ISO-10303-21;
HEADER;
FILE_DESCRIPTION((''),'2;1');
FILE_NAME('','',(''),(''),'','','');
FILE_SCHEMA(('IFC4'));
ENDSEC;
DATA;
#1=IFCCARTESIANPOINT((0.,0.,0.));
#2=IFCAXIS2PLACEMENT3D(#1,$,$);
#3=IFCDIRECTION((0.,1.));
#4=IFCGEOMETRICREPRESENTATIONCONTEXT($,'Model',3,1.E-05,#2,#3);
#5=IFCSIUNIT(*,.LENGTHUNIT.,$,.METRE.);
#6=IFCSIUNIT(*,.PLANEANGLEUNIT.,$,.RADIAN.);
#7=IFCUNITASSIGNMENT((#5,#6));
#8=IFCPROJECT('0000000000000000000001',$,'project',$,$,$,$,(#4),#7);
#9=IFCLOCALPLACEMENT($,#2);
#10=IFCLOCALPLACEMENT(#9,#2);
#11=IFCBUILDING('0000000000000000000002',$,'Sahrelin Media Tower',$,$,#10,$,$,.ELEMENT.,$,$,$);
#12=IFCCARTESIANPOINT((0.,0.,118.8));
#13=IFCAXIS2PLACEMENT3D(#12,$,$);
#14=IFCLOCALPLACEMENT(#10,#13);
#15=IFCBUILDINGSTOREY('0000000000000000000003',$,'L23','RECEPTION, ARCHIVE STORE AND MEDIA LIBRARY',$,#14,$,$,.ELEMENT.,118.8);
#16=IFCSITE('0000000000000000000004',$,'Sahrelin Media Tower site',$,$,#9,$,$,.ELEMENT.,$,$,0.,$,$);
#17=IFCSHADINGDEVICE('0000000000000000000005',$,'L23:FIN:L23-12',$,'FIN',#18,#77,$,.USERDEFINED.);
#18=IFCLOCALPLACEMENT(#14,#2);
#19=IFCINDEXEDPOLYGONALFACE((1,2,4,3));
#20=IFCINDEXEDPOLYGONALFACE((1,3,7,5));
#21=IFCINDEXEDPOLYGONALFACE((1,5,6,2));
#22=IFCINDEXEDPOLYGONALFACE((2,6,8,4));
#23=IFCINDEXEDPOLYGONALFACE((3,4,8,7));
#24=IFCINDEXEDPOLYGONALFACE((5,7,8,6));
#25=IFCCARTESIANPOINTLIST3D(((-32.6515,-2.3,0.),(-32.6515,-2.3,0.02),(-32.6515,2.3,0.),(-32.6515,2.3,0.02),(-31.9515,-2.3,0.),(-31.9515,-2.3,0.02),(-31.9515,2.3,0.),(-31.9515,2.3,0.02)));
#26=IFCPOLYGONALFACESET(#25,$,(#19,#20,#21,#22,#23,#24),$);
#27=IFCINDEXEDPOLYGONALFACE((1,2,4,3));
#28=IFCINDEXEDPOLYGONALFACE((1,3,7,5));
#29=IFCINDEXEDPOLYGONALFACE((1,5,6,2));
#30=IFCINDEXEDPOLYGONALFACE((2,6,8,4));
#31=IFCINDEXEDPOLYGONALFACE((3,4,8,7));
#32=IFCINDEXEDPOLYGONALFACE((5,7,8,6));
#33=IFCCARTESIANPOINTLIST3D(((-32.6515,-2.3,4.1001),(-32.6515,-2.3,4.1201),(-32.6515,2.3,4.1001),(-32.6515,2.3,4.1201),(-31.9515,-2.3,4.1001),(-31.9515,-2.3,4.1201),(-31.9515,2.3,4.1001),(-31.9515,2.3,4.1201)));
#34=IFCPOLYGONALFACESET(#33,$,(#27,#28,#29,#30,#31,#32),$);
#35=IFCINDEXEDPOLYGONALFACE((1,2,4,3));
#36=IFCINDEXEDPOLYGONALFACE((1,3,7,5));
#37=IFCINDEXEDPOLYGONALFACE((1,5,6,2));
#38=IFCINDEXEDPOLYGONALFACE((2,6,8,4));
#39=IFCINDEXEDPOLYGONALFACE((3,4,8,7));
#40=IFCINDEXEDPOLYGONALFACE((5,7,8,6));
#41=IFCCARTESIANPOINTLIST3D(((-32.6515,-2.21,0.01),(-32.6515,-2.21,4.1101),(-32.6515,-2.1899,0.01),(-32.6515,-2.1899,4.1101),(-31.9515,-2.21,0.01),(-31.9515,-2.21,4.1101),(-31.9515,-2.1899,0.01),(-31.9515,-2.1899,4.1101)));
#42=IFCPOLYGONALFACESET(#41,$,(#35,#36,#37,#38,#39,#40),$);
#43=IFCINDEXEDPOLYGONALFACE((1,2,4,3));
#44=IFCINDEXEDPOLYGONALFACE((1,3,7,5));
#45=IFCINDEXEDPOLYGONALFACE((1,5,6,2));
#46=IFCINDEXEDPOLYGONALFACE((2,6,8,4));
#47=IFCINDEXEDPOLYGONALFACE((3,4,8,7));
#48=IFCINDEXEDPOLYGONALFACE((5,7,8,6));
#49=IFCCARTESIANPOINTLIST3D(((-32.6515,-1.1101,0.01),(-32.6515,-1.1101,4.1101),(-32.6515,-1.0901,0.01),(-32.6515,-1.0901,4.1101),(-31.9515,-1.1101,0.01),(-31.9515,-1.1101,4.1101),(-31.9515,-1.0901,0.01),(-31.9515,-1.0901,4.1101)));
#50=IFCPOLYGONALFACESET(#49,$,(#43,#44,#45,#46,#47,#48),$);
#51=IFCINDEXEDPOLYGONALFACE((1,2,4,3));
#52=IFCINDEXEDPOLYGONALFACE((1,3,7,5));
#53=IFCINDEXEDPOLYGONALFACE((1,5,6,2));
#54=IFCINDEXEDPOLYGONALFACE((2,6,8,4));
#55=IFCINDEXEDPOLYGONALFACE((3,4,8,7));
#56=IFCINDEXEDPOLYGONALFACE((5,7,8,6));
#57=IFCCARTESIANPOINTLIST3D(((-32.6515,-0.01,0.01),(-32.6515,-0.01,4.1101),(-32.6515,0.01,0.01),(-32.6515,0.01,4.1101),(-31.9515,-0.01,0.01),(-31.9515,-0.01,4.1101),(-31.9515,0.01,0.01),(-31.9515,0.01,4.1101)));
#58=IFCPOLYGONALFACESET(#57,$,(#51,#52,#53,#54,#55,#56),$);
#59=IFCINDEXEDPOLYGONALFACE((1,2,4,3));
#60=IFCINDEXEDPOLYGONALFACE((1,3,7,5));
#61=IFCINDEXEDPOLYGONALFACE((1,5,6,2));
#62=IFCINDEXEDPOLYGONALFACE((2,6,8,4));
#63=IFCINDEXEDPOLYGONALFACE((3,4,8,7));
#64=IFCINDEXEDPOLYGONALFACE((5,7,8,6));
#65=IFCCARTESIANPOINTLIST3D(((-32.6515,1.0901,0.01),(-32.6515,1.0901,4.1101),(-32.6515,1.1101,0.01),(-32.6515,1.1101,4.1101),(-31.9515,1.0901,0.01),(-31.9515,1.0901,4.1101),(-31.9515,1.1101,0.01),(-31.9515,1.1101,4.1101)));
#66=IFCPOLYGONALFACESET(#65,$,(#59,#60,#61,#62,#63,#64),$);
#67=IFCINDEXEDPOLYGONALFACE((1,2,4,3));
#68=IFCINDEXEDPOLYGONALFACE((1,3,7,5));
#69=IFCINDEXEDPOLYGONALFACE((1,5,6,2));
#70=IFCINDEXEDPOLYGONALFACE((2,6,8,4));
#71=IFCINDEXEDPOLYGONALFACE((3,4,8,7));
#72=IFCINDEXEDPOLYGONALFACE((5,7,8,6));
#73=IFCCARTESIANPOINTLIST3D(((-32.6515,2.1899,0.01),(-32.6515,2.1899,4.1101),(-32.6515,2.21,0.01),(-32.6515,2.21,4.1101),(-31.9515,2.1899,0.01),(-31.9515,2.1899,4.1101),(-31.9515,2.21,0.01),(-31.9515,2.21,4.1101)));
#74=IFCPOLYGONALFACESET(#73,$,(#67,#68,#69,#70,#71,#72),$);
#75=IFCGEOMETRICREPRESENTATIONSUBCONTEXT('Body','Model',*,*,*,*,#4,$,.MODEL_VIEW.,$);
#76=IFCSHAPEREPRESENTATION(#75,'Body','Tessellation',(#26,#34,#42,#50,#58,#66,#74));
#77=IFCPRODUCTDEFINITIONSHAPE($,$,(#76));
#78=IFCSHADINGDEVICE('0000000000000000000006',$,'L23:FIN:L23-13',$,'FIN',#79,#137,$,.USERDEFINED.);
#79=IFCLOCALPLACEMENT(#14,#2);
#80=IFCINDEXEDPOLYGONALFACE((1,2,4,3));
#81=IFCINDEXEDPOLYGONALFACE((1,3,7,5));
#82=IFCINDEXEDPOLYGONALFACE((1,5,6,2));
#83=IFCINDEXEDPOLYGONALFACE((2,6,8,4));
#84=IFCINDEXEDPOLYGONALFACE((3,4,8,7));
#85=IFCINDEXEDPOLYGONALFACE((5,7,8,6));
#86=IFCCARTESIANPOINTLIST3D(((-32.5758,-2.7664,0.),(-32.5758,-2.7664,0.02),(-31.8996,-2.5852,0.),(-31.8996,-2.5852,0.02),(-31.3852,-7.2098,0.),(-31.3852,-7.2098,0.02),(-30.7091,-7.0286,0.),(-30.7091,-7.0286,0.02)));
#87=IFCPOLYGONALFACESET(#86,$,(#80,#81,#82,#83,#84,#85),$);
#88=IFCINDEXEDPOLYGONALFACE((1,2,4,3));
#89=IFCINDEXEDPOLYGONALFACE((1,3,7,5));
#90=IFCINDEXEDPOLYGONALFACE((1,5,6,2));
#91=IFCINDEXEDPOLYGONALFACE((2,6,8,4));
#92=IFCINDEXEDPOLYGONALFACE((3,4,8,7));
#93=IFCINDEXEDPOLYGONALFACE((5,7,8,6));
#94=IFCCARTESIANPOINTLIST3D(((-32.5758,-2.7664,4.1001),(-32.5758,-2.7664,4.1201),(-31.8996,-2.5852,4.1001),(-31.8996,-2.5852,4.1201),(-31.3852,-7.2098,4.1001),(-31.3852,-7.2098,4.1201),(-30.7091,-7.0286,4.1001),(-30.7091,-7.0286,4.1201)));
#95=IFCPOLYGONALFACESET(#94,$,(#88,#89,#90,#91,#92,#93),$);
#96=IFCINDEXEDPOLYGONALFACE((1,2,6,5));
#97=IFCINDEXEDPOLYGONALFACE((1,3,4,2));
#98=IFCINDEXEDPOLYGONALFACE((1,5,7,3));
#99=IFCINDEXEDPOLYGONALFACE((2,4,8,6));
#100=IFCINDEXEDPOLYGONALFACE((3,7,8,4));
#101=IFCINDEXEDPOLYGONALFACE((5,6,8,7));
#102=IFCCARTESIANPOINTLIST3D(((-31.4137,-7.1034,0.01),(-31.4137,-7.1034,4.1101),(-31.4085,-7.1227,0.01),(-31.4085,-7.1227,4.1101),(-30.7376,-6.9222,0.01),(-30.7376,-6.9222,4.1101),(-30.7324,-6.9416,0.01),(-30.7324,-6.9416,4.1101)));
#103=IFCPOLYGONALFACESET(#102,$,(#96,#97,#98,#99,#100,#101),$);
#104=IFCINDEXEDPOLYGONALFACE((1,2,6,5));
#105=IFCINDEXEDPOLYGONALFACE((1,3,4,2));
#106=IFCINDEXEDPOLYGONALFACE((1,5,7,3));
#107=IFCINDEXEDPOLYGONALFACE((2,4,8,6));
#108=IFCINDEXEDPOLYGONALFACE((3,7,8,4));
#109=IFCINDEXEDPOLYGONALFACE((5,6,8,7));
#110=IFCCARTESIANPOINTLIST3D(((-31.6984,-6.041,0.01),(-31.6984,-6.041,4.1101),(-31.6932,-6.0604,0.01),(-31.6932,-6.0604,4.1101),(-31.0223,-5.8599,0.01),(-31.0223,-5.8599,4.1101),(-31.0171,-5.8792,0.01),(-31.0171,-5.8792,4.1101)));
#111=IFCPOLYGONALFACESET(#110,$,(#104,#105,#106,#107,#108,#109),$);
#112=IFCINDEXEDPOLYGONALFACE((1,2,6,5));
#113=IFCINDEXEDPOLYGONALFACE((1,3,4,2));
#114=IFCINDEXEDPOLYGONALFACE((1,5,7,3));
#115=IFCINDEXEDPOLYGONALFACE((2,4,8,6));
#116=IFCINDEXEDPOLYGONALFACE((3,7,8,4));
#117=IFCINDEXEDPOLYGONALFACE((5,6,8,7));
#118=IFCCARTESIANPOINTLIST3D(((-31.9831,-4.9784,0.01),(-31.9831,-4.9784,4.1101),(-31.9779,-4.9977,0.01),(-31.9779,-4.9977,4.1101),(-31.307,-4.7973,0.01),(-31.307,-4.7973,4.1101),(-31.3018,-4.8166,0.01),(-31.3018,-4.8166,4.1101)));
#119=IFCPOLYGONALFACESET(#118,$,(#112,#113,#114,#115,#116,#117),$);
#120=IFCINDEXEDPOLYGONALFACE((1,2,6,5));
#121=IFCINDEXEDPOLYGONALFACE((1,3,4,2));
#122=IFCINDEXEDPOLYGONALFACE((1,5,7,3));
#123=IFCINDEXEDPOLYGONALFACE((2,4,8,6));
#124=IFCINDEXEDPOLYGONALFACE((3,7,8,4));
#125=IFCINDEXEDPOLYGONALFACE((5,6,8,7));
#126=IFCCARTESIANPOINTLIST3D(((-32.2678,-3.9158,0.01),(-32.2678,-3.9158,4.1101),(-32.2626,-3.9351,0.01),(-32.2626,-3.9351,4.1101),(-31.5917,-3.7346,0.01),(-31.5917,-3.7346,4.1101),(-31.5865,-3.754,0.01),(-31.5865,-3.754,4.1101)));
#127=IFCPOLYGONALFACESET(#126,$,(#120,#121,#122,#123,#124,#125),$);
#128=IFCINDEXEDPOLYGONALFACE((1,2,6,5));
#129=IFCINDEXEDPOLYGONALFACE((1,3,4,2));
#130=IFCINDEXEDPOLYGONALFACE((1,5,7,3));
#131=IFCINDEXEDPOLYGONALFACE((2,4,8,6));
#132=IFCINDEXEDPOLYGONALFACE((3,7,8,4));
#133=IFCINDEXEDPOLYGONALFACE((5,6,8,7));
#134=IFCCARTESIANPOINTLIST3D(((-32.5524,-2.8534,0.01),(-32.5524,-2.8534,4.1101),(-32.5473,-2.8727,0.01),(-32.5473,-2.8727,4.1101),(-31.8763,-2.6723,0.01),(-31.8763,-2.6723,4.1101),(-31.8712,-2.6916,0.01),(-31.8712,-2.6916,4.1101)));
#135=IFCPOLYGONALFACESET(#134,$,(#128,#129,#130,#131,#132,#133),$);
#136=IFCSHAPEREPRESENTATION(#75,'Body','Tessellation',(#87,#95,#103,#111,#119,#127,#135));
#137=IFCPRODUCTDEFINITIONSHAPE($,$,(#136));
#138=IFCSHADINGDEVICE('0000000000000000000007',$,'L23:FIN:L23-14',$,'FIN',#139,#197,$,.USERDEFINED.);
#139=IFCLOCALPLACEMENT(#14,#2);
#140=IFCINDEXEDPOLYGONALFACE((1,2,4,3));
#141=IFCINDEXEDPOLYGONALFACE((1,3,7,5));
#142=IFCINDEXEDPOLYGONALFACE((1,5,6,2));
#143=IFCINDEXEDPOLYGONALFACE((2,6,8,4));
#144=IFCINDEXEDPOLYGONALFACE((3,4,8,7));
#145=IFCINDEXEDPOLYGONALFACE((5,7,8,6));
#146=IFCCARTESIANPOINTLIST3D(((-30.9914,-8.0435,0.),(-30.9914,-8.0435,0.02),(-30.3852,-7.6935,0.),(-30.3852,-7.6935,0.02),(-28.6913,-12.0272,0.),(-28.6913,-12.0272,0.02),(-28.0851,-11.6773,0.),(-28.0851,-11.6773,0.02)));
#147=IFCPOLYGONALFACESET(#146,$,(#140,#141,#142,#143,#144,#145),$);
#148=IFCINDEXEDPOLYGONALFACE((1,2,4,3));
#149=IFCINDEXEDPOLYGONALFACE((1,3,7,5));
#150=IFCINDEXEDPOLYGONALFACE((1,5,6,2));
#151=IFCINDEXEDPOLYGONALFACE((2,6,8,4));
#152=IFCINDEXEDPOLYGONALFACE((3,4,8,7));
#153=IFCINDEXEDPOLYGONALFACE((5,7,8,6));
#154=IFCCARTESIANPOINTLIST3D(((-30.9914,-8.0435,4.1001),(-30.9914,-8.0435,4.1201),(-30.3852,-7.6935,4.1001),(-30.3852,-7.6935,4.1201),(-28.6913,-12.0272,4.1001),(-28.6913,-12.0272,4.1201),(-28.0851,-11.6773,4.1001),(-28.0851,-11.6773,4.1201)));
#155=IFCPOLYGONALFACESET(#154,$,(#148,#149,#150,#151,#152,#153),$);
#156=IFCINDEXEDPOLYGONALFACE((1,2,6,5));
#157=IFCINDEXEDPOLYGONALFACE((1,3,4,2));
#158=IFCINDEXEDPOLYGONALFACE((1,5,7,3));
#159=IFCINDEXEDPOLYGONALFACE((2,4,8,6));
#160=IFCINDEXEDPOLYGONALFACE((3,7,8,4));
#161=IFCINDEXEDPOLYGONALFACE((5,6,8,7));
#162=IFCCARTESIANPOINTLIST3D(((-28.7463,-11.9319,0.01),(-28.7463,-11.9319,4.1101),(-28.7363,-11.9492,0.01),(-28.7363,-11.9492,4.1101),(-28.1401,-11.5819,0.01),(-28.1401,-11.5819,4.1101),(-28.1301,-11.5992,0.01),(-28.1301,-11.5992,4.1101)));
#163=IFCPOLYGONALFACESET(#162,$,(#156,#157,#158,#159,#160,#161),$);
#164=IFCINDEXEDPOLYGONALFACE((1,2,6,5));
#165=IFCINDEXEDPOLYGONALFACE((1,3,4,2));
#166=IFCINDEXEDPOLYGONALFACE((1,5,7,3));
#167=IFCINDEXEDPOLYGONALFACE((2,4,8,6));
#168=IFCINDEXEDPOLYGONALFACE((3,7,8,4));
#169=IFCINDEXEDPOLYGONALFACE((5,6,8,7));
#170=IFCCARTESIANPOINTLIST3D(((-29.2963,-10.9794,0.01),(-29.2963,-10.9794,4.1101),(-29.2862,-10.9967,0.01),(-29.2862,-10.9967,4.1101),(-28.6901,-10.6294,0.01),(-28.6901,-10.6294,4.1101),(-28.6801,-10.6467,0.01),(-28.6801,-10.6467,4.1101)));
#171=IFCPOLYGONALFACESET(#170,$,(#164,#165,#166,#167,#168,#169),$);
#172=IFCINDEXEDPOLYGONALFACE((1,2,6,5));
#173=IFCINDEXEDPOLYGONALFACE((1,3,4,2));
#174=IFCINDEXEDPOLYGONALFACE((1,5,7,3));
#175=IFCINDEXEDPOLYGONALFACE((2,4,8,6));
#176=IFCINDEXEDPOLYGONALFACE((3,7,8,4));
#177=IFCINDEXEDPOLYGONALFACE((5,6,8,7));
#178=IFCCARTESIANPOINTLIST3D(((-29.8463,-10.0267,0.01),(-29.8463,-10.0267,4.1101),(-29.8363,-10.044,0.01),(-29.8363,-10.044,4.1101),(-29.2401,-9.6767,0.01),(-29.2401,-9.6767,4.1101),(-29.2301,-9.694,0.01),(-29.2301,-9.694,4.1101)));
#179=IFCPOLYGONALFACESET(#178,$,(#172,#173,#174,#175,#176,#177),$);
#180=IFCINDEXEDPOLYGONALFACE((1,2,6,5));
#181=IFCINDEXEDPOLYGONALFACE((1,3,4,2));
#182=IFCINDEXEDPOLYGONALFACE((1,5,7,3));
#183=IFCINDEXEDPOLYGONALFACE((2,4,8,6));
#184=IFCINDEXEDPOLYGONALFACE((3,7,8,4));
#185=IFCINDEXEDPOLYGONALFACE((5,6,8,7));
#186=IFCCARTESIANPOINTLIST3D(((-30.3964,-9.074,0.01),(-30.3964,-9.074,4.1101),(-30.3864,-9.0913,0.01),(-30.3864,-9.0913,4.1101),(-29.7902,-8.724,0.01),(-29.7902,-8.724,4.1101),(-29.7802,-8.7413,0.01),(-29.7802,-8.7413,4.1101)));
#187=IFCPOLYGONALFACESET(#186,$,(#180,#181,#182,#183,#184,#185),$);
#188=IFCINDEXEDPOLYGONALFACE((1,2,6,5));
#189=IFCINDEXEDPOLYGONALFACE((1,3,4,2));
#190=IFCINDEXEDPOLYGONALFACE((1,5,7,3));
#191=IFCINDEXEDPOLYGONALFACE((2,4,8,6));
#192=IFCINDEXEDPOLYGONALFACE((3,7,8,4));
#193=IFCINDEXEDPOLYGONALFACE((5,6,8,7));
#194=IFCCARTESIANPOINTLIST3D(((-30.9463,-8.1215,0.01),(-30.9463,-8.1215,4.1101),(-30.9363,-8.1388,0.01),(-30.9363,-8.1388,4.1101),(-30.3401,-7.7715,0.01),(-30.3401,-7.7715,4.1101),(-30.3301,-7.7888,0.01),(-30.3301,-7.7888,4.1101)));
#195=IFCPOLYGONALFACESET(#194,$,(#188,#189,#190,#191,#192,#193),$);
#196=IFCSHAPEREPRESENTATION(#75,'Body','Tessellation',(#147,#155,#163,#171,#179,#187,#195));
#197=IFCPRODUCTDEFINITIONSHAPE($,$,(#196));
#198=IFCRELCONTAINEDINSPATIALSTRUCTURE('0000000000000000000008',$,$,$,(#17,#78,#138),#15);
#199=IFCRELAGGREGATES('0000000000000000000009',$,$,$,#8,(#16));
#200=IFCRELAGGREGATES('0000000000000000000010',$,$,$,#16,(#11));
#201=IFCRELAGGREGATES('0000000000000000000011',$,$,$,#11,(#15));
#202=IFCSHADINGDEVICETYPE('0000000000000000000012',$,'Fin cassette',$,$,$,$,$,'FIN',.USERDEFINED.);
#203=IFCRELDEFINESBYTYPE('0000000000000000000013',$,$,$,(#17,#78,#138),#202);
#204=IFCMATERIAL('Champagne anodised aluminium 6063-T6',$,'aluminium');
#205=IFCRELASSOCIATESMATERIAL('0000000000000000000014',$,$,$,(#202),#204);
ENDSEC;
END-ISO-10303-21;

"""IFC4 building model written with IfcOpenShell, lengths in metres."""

from ifc_helpers import new_model, si_unit, direction, frame, origin, origin_2d, place, context, subcontext, project, spatial, rectangle, extrude, material, type_object, element, save


model = new_model("IFC4")

# Units and contexts
model_context = context("Model", 3, precision=1e-05, world=origin(), true_north=direction((0.0, 1.0)))
body_context = subcontext(model_context, "Body", "Model", "MODEL_VIEW")
ifc_project = project(units=[si_unit("LENGTHUNIT", "METRE"), si_unit("PLANEANGLEUNIT", "RADIAN")], contexts=[model_context])

# Site, building, storey
site_placement = place(None, origin())
site = spatial("IfcSite", under=ifc_project, at=site_placement, Name="Sahrelin Media Tower site", CompositionType="ELEMENT", RefElevation=0.0)
building_placement = place(site_placement, origin())
building = spatial("IfcBuilding", under=site, at=building_placement, Name="Sahrelin Media Tower", CompositionType="ELEMENT")
storey_placement = place(building_placement, frame((0.0, 0.0, 118.8)))
storey = spatial("IfcBuildingStorey", under=building, at=storey_placement, Name="L23", Description="RECEPTION, ARCHIVE STORE AND MEDIA LIBRARY", CompositionType="ELEMENT", Elevation=118.8)

# Shared definitions
ifc_material_1 = material(Name="Champagne anodised aluminium 6063-T6", Category="aluminium")

# Shading devices
shading_device_type_1 = type_object("IfcShadingDeviceType", Name="Fin cassette", ElementType="FIN", PredefinedType="USERDEFINED", material=ifc_material_1)
placement_1 = place(storey_placement, frame((-31.8816, 0.0, 0.0), z_axis=(0.0, 0.0, 1.0), x_axis=(0.0, 1.0, 0.0)))
element("IfcShadingDevice", 1, at=placement_1, inside=storey, type_object=shading_device_type_1, Name="L23:FIN:L23-12", ObjectType="FIN", PredefinedType="USERDEFINED", context=body_context, shape_type="SweptSolid", body=[
    extrude(rectangle(XDim=4.6001, YDim=0.7, at=origin_2d()), frame((0.0, 0.4199, 0.0)), (0.0, 0.0, 1.0), 0.02),
    extrude(rectangle(XDim=4.6001, YDim=0.7, at=origin_2d()), frame((0.0, 0.4199, 4.1001)), (0.0, 0.0, 1.0), 0.02),
    extrude(rectangle(XDim=0.02, YDim=0.7, at=origin_2d()), frame((-2.2, 0.4199, 0.01), z_axis=(0.0, 0.0, 1.0), x_axis=(1.0, 0.0, 0.0)), (0.0, 0.0, 1.0), 4.1001),
    extrude(rectangle(XDim=0.02, YDim=0.7, at=origin_2d()), frame((-1.1001, 0.4199, 0.01), z_axis=(0.0, 0.0, 1.0), x_axis=(1.0, 0.0, 0.0)), (0.0, 0.0, 1.0), 4.1001),
    extrude(rectangle(XDim=0.02, YDim=0.7, at=origin_2d()), frame((0.0, 0.4199, 0.01), z_axis=(0.0, 0.0, 1.0), x_axis=(1.0, 0.0, 0.0)), (0.0, 0.0, 1.0), 4.1001),
    extrude(rectangle(XDim=0.02, YDim=0.7, at=origin_2d()), frame((1.1001, 0.4199, 0.01), z_axis=(0.0, 0.0, 1.0), x_axis=(1.0, 0.0, 0.0)), (0.0, 0.0, 1.0), 4.1001),
    extrude(rectangle(XDim=0.02, YDim=0.7, at=origin_2d()), frame((2.2, 0.4199, 0.01), z_axis=(0.0, 0.0, 1.0), x_axis=(1.0, 0.0, 0.0)), (0.0, 0.0, 1.0), 4.1001),
])
placement_2 = place(storey_placement, frame((-31.2368, -4.7888, 0.0), z_axis=(0.0, 0.0, 1.0), x_axis=(-0.258808, 0.965929, 0.0)))
element("IfcShadingDevice", 2, at=placement_2, inside=storey, type_object=shading_device_type_1, Name="L23:FIN:L23-13", ObjectType="FIN", PredefinedType="USERDEFINED", context=body_context, shape_type="SweptSolid", body=[
    extrude(rectangle(XDim=4.6001, YDim=0.7, at=origin_2d()), frame((0.0, 0.4199, 0.0)), (0.0, 0.0, 1.0), 0.02),
    extrude(rectangle(XDim=4.6001, YDim=0.7, at=origin_2d()), frame((0.0, 0.4199, 4.1001)), (0.0, 0.0, 1.0), 0.02),
    extrude(rectangle(XDim=0.02, YDim=0.7, at=origin_2d()), frame((-2.2, 0.4199, 0.01), z_axis=(0.0, 0.0, 1.0), x_axis=(1.0, 0.0, 0.0)), (0.0, 0.0, 1.0), 4.1001),
    extrude(rectangle(XDim=0.02, YDim=0.7, at=origin_2d()), frame((-1.1001, 0.4199, 0.01), z_axis=(0.0, 0.0, 1.0), x_axis=(1.0, 0.0, 0.0)), (0.0, 0.0, 1.0), 4.1001),
    extrude(rectangle(XDim=0.02, YDim=0.7, at=origin_2d()), frame((0.0, 0.4199, 0.01), z_axis=(0.0, 0.0, 1.0), x_axis=(1.0, 0.0, 0.0)), (0.0, 0.0, 1.0), 4.1001),
    extrude(rectangle(XDim=0.02, YDim=0.7, at=origin_2d()), frame((1.1001, 0.4199, 0.01), z_axis=(0.0, 0.0, 1.0), x_axis=(1.0, 0.0, 0.0)), (0.0, 0.0, 1.0), 4.1001),
    extrude(rectangle(XDim=0.02, YDim=0.7, at=origin_2d()), frame((2.2, 0.4199, 0.01), z_axis=(0.0, 0.0, 1.0), x_axis=(1.0, 0.0, 0.0)), (0.0, 0.0, 1.0), 4.1001),
])
placement_3 = place(storey_placement, frame((-29.1746, -9.6504, 0.0), z_axis=(0.0, 0.0, 1.0), x_axis=(-0.500011, 0.866019, 0.0)))
element("IfcShadingDevice", 3, at=placement_3, inside=storey, type_object=shading_device_type_1, Name="L23:FIN:L23-14", ObjectType="FIN", PredefinedType="USERDEFINED", context=body_context, shape_type="SweptSolid", body=[
    extrude(rectangle(XDim=4.6001, YDim=0.7, at=origin_2d()), frame((0.0, 0.4199, 0.0)), (0.0, 0.0, 1.0), 0.02),
    extrude(rectangle(XDim=4.6001, YDim=0.7, at=origin_2d()), frame((0.0, 0.4199, 4.1001)), (0.0, 0.0, 1.0), 0.02),
    extrude(rectangle(XDim=0.02, YDim=0.7, at=origin_2d()), frame((-2.2, 0.4199, 0.01), z_axis=(0.0, 0.0, 1.0), x_axis=(1.0, 0.0, 0.0)), (0.0, 0.0, 1.0), 4.1001),
    extrude(rectangle(XDim=0.02, YDim=0.7, at=origin_2d()), frame((-1.1001, 0.4199, 0.01), z_axis=(0.0, 0.0, 1.0), x_axis=(1.0, 0.0, 0.0)), (0.0, 0.0, 1.0), 4.1001),
    extrude(rectangle(XDim=0.02, YDim=0.7, at=origin_2d()), frame((0.0, 0.4199, 0.01), z_axis=(0.0, 0.0, 1.0), x_axis=(1.0, 0.0, 0.0)), (0.0, 0.0, 1.0), 4.1001),
    extrude(rectangle(XDim=0.02, YDim=0.7, at=origin_2d()), frame((1.1001, 0.4199, 0.01), z_axis=(0.0, 0.0, 1.0), x_axis=(1.0, 0.0, 0.0)), (0.0, 0.0, 1.0), 4.1001),
    extrude(rectangle(XDim=0.02, YDim=0.7, at=origin_2d()), frame((2.2, 0.4199, 0.01), z_axis=(0.0, 0.0, 1.0), x_axis=(1.0, 0.0, 0.0)), (0.0, 0.0, 1.0), 4.1001),
])

save(model, "model.ifc")
